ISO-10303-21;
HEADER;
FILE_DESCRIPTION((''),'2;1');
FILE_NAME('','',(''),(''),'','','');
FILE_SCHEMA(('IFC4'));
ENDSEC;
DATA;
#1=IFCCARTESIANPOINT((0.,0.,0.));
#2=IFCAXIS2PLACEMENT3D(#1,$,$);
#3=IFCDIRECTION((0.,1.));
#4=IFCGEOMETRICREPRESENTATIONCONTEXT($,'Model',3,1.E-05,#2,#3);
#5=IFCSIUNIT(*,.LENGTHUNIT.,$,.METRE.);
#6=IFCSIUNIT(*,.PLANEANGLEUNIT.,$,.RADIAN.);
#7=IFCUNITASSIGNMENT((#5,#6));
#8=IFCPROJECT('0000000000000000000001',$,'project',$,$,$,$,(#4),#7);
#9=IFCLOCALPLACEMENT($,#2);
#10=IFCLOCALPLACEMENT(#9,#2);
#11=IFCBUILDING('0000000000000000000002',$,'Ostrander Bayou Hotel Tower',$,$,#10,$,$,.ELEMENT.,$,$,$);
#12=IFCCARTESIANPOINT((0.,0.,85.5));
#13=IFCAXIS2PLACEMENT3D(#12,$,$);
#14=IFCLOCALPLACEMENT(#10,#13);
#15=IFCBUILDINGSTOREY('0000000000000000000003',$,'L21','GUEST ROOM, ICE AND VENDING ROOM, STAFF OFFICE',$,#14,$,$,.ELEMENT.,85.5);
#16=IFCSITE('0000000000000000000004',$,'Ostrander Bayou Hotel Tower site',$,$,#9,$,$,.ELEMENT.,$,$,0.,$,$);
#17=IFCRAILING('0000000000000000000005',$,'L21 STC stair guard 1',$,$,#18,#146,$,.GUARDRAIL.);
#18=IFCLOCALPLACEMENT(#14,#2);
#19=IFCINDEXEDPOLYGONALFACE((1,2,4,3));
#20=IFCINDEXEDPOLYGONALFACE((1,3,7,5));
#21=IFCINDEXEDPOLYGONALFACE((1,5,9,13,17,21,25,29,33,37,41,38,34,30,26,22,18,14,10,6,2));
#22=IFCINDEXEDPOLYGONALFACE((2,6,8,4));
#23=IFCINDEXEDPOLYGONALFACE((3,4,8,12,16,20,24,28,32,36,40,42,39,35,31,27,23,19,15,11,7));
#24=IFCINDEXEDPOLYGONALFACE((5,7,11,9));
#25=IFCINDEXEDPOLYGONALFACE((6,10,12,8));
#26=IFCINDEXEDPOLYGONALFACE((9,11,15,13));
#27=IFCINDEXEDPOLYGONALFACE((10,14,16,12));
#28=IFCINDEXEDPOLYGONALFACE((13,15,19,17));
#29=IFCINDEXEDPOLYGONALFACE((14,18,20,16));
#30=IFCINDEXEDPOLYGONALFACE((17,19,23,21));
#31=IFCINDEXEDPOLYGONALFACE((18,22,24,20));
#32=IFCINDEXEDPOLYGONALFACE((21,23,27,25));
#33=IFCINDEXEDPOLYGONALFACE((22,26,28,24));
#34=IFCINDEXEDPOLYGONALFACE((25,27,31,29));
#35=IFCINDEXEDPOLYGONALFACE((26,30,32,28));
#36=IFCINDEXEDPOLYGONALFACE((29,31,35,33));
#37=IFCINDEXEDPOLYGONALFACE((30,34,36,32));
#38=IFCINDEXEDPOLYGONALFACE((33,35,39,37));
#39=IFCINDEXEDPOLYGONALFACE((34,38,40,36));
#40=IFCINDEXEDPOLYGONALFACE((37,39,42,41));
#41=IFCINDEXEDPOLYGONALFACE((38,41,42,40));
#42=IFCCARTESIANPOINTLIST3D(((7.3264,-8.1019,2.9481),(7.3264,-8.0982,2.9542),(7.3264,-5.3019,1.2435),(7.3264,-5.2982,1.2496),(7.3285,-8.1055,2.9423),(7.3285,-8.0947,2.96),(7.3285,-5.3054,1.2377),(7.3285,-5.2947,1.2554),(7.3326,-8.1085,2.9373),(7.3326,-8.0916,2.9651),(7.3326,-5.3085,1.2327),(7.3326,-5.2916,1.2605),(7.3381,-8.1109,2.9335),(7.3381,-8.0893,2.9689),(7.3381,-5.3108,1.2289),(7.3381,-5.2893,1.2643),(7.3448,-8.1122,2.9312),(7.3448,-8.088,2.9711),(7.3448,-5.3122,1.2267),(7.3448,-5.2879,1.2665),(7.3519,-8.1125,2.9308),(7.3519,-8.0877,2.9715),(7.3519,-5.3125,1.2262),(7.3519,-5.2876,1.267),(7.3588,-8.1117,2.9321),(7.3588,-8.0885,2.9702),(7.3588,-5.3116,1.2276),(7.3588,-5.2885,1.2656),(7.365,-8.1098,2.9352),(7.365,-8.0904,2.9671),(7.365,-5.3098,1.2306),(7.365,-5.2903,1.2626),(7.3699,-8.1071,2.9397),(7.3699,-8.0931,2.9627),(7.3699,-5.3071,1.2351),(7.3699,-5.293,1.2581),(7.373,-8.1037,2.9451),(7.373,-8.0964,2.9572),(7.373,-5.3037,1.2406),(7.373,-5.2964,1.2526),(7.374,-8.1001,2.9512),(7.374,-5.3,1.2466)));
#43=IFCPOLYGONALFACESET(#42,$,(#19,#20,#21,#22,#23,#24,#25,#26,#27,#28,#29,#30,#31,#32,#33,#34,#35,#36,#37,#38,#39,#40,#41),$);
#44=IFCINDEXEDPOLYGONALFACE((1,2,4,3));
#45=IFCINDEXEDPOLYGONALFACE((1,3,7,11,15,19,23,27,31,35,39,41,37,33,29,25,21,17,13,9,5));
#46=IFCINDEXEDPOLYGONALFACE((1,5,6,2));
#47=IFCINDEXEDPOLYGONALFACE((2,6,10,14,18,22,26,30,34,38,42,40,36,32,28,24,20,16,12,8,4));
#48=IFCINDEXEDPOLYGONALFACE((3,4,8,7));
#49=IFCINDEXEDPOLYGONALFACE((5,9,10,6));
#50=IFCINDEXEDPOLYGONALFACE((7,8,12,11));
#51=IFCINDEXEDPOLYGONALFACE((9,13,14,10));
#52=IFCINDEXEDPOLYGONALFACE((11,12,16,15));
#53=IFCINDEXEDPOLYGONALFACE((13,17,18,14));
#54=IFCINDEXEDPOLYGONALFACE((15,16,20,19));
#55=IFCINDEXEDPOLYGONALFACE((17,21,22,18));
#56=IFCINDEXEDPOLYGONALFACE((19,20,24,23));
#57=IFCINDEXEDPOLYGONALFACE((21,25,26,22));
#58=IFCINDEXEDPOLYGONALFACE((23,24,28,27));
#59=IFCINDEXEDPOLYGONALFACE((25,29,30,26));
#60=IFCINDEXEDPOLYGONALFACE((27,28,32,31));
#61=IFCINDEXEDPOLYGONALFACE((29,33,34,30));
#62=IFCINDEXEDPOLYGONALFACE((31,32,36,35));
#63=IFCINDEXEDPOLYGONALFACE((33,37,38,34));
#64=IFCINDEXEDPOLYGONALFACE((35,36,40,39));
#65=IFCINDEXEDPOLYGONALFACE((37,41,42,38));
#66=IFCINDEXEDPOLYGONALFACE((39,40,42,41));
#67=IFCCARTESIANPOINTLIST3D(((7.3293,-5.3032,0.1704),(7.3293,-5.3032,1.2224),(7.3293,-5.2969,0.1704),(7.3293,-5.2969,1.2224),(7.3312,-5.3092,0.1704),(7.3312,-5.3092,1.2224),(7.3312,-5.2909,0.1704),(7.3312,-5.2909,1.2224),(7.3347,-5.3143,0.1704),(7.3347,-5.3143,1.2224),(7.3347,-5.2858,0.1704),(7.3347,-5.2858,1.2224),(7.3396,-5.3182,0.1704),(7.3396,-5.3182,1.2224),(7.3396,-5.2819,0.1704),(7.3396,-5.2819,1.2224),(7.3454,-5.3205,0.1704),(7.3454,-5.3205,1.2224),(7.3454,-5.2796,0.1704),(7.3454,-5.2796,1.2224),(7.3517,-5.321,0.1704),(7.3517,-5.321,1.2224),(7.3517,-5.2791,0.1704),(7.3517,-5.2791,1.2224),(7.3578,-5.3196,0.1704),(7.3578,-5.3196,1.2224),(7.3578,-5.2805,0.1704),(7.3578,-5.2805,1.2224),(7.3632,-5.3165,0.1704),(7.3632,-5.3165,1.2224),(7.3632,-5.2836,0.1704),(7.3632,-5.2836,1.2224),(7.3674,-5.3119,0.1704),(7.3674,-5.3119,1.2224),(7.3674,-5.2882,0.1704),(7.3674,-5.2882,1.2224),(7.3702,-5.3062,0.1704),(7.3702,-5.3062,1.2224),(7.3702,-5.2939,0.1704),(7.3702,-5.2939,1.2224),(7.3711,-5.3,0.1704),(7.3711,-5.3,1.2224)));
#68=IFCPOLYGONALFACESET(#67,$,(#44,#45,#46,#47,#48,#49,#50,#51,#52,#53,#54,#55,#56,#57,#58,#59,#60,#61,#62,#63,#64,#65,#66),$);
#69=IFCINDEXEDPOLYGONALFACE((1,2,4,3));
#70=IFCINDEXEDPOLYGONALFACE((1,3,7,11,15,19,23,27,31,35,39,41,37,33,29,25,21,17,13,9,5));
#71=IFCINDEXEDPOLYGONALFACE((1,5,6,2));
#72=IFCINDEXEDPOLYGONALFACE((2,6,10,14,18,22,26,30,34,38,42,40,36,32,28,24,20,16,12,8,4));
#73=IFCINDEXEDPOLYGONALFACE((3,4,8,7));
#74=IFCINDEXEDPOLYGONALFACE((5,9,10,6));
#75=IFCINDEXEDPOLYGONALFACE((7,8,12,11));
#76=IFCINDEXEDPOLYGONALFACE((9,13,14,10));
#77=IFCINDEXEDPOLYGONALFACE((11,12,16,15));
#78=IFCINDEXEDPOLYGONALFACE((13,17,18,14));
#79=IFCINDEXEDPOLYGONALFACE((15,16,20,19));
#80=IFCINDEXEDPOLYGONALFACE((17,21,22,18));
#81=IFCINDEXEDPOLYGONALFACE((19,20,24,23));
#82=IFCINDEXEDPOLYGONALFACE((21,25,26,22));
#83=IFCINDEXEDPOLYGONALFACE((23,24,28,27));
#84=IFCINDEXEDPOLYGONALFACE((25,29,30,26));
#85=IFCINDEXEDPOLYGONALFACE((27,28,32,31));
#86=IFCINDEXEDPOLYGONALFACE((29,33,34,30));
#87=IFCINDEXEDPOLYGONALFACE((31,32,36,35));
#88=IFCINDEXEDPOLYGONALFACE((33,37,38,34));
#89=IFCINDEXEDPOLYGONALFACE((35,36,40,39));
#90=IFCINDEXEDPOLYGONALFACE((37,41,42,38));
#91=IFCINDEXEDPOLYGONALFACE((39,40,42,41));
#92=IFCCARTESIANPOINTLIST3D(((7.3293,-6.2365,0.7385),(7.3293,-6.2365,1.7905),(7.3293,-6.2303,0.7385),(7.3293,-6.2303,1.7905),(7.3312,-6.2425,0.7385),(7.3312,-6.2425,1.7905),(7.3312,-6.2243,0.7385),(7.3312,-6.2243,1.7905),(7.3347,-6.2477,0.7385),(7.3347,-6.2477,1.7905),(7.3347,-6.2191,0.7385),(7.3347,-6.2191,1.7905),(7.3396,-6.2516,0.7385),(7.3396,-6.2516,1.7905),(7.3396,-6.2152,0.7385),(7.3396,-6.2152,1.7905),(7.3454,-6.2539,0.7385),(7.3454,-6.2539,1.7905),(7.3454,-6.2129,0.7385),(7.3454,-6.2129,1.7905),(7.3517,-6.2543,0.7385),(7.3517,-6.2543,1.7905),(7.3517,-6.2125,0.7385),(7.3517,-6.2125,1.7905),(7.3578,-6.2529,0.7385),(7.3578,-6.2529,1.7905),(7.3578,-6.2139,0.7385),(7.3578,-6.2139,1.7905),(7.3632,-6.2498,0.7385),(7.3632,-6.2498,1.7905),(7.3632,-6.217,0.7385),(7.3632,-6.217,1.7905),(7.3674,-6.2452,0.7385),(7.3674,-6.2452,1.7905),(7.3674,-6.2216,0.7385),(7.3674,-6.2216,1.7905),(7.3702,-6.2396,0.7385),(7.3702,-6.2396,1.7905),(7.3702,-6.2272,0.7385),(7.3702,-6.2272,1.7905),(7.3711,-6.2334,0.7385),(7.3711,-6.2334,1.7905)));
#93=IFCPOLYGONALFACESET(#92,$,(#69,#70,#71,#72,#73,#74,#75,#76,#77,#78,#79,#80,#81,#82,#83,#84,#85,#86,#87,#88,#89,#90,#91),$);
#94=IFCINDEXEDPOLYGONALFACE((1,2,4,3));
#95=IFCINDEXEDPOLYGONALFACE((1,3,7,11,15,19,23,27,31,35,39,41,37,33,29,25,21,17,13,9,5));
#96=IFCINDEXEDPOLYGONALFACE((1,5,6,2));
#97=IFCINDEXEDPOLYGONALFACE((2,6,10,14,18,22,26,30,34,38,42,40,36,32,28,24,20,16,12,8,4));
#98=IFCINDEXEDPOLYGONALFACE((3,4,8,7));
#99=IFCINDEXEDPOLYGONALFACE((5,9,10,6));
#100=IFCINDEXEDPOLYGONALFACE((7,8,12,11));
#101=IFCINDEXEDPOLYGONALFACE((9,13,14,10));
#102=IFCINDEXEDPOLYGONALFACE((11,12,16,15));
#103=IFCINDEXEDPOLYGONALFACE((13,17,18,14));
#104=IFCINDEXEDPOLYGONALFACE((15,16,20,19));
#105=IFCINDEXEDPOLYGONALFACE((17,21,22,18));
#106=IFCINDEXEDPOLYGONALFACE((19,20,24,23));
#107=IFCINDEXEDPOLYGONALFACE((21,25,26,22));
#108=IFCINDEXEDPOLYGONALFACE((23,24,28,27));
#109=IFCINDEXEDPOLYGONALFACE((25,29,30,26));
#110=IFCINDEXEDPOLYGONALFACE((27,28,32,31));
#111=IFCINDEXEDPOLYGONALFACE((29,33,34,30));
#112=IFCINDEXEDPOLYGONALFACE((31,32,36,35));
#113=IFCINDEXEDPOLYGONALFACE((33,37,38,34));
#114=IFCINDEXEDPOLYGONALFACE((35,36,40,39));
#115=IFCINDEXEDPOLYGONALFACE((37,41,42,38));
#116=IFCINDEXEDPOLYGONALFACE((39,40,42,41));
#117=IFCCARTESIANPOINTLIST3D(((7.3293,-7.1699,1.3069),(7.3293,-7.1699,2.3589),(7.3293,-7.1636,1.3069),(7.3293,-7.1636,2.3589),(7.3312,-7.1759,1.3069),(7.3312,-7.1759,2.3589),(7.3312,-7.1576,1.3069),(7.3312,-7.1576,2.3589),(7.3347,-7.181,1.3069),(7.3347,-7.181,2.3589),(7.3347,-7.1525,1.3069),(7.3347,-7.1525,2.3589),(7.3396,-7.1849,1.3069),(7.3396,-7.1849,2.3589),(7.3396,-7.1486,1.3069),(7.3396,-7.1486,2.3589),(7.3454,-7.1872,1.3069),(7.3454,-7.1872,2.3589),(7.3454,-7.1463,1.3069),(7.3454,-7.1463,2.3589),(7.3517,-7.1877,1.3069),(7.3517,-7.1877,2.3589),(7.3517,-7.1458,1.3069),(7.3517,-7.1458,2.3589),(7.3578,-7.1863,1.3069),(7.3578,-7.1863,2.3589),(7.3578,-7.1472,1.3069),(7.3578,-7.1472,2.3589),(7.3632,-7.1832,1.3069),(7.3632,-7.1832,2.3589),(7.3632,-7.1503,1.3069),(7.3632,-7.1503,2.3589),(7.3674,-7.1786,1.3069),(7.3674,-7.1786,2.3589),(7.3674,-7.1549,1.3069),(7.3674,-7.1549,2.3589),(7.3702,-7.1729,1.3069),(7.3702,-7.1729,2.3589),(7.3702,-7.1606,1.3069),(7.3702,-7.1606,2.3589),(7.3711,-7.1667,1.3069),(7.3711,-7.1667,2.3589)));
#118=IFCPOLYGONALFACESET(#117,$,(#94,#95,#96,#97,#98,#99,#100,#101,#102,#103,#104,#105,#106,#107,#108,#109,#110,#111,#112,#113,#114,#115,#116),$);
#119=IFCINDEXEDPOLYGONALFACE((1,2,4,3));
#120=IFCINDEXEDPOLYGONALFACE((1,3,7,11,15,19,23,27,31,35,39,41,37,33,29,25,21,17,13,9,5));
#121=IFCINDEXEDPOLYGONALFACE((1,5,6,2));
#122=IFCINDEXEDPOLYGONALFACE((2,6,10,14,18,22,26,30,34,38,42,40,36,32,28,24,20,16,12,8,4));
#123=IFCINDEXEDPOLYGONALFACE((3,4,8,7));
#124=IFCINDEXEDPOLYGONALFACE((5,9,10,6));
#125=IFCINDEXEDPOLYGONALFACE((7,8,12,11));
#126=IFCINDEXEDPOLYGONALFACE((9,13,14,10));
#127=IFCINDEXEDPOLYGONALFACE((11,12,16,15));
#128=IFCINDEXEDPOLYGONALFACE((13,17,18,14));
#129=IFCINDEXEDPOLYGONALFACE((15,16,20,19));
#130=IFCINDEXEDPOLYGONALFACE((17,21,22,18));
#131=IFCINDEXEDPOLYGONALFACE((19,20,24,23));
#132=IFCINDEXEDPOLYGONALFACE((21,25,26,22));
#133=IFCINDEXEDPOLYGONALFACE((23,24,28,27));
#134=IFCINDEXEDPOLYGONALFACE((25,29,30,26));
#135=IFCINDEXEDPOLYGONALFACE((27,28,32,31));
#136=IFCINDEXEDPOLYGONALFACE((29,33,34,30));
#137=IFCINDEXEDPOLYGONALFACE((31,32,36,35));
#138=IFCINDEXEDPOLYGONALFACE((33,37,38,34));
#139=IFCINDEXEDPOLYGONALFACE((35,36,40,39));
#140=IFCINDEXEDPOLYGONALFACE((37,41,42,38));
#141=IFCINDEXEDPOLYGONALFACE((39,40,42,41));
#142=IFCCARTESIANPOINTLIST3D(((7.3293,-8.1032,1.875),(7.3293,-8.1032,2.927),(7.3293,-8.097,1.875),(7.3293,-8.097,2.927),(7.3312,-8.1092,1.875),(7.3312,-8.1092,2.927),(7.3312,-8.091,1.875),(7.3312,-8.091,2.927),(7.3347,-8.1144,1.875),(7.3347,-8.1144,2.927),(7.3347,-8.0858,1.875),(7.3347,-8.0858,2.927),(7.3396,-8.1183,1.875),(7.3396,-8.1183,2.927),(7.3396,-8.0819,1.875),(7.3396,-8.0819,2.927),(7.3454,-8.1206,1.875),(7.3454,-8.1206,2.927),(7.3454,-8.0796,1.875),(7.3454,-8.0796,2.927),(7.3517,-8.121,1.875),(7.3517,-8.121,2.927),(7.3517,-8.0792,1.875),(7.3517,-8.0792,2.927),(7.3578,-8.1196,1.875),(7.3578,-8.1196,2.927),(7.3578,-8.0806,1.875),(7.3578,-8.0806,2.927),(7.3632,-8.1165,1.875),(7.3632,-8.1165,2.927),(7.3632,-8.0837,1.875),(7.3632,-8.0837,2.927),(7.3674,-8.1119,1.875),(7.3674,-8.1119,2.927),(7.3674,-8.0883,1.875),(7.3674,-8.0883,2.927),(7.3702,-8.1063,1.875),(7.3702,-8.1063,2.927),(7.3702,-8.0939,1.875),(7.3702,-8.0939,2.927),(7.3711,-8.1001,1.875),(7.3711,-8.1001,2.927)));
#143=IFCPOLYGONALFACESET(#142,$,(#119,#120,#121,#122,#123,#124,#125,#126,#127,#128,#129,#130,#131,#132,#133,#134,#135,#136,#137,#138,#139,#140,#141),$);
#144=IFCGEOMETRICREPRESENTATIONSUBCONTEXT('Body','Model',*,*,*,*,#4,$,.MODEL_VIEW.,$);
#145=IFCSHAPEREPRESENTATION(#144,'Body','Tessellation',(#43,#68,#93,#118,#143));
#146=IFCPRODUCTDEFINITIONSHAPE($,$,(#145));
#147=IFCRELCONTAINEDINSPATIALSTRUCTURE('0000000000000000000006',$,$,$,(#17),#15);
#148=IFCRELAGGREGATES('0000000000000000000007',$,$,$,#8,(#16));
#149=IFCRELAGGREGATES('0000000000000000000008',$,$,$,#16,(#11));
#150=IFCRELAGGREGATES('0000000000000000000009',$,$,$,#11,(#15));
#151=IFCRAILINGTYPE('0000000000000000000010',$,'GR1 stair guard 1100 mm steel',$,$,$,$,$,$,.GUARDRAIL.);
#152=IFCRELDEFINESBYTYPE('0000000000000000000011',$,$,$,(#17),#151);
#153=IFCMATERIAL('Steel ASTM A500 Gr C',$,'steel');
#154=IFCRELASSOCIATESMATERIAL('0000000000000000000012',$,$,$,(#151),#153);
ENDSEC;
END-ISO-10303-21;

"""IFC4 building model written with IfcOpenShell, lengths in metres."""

from ifc_helpers import new_model, si_unit, direction, frame, origin, origin_2d, place, context, subcontext, project, spatial, circle, extrude, material, type_object, element, save


model = new_model("IFC4")

# Units and contexts
model_context = context("Model", 3, precision=1e-05, world=origin(), true_north=direction((0.0, 1.0)))
body_context = subcontext(model_context, "Body", "Model", "MODEL_VIEW")
ifc_project = project(units=[si_unit("LENGTHUNIT", "METRE"), si_unit("PLANEANGLEUNIT", "RADIAN")], contexts=[model_context])

# Site, building, storey
site_placement = place(None, origin())
site = spatial("IfcSite", under=ifc_project, at=site_placement, Name="Ostrander Bayou Hotel Tower site", CompositionType="ELEMENT", RefElevation=0.0)
building_placement = place(site_placement, origin())
building = spatial("IfcBuilding", under=site, at=building_placement, Name="Ostrander Bayou Hotel Tower", CompositionType="ELEMENT")
storey_placement = place(building_placement, frame((0.0, 0.0, 85.5)))
storey = spatial("IfcBuildingStorey", under=building, at=storey_placement, Name="L21", Description="GUEST ROOM, ICE AND VENDING ROOM, STAFF OFFICE", CompositionType="ELEMENT", Elevation=85.5)

# Railing
ifc_material_1 = material(Name="Steel ASTM A500 Gr C", Category="steel")
railing_type_1 = type_object("IfcRailingType", Name="GR1 stair guard 1100 mm steel", PredefinedType="GUARDRAIL", material=ifc_material_1)
railing_1_placement = place(storey_placement, frame((7.3501, -5.3, 0.1704)))
element("IfcRailing", 1, at=railing_1_placement, inside=storey, type_object=railing_type_1, Name="L21 STC stair guard 1", PredefinedType="GUARDRAIL", context=body_context, shape_type="SweptSolid", body=[
    extrude(circle(Radius=0.0239, at=origin_2d()), frame((0.0, 0.0, 1.0762), z_axis=(0.0, -0.85417, 0.519994), x_axis=(1.0, 0.0, 0.0)), (0.0, 0.0, 1.0), 3.2781),
    extrude(circle(Radius=0.021, at=origin_2d()), origin(), (0.0, 0.0, 1.0), 1.052),
    extrude(circle(Radius=0.021, at=origin_2d()), frame((0.0, -0.9333, 0.5681)), (0.0, 0.0, 1.0), 1.052),
    extrude(circle(Radius=0.021, at=origin_2d()), frame((0.0, -1.8667, 1.1365)), (0.0, 0.0, 1.0), 1.052),
    extrude(circle(Radius=0.021, at=origin_2d()), frame((0.0, -2.8, 1.7046)), (0.0, 0.0, 1.0), 1.052),
])

save(model, "model.ifc")
